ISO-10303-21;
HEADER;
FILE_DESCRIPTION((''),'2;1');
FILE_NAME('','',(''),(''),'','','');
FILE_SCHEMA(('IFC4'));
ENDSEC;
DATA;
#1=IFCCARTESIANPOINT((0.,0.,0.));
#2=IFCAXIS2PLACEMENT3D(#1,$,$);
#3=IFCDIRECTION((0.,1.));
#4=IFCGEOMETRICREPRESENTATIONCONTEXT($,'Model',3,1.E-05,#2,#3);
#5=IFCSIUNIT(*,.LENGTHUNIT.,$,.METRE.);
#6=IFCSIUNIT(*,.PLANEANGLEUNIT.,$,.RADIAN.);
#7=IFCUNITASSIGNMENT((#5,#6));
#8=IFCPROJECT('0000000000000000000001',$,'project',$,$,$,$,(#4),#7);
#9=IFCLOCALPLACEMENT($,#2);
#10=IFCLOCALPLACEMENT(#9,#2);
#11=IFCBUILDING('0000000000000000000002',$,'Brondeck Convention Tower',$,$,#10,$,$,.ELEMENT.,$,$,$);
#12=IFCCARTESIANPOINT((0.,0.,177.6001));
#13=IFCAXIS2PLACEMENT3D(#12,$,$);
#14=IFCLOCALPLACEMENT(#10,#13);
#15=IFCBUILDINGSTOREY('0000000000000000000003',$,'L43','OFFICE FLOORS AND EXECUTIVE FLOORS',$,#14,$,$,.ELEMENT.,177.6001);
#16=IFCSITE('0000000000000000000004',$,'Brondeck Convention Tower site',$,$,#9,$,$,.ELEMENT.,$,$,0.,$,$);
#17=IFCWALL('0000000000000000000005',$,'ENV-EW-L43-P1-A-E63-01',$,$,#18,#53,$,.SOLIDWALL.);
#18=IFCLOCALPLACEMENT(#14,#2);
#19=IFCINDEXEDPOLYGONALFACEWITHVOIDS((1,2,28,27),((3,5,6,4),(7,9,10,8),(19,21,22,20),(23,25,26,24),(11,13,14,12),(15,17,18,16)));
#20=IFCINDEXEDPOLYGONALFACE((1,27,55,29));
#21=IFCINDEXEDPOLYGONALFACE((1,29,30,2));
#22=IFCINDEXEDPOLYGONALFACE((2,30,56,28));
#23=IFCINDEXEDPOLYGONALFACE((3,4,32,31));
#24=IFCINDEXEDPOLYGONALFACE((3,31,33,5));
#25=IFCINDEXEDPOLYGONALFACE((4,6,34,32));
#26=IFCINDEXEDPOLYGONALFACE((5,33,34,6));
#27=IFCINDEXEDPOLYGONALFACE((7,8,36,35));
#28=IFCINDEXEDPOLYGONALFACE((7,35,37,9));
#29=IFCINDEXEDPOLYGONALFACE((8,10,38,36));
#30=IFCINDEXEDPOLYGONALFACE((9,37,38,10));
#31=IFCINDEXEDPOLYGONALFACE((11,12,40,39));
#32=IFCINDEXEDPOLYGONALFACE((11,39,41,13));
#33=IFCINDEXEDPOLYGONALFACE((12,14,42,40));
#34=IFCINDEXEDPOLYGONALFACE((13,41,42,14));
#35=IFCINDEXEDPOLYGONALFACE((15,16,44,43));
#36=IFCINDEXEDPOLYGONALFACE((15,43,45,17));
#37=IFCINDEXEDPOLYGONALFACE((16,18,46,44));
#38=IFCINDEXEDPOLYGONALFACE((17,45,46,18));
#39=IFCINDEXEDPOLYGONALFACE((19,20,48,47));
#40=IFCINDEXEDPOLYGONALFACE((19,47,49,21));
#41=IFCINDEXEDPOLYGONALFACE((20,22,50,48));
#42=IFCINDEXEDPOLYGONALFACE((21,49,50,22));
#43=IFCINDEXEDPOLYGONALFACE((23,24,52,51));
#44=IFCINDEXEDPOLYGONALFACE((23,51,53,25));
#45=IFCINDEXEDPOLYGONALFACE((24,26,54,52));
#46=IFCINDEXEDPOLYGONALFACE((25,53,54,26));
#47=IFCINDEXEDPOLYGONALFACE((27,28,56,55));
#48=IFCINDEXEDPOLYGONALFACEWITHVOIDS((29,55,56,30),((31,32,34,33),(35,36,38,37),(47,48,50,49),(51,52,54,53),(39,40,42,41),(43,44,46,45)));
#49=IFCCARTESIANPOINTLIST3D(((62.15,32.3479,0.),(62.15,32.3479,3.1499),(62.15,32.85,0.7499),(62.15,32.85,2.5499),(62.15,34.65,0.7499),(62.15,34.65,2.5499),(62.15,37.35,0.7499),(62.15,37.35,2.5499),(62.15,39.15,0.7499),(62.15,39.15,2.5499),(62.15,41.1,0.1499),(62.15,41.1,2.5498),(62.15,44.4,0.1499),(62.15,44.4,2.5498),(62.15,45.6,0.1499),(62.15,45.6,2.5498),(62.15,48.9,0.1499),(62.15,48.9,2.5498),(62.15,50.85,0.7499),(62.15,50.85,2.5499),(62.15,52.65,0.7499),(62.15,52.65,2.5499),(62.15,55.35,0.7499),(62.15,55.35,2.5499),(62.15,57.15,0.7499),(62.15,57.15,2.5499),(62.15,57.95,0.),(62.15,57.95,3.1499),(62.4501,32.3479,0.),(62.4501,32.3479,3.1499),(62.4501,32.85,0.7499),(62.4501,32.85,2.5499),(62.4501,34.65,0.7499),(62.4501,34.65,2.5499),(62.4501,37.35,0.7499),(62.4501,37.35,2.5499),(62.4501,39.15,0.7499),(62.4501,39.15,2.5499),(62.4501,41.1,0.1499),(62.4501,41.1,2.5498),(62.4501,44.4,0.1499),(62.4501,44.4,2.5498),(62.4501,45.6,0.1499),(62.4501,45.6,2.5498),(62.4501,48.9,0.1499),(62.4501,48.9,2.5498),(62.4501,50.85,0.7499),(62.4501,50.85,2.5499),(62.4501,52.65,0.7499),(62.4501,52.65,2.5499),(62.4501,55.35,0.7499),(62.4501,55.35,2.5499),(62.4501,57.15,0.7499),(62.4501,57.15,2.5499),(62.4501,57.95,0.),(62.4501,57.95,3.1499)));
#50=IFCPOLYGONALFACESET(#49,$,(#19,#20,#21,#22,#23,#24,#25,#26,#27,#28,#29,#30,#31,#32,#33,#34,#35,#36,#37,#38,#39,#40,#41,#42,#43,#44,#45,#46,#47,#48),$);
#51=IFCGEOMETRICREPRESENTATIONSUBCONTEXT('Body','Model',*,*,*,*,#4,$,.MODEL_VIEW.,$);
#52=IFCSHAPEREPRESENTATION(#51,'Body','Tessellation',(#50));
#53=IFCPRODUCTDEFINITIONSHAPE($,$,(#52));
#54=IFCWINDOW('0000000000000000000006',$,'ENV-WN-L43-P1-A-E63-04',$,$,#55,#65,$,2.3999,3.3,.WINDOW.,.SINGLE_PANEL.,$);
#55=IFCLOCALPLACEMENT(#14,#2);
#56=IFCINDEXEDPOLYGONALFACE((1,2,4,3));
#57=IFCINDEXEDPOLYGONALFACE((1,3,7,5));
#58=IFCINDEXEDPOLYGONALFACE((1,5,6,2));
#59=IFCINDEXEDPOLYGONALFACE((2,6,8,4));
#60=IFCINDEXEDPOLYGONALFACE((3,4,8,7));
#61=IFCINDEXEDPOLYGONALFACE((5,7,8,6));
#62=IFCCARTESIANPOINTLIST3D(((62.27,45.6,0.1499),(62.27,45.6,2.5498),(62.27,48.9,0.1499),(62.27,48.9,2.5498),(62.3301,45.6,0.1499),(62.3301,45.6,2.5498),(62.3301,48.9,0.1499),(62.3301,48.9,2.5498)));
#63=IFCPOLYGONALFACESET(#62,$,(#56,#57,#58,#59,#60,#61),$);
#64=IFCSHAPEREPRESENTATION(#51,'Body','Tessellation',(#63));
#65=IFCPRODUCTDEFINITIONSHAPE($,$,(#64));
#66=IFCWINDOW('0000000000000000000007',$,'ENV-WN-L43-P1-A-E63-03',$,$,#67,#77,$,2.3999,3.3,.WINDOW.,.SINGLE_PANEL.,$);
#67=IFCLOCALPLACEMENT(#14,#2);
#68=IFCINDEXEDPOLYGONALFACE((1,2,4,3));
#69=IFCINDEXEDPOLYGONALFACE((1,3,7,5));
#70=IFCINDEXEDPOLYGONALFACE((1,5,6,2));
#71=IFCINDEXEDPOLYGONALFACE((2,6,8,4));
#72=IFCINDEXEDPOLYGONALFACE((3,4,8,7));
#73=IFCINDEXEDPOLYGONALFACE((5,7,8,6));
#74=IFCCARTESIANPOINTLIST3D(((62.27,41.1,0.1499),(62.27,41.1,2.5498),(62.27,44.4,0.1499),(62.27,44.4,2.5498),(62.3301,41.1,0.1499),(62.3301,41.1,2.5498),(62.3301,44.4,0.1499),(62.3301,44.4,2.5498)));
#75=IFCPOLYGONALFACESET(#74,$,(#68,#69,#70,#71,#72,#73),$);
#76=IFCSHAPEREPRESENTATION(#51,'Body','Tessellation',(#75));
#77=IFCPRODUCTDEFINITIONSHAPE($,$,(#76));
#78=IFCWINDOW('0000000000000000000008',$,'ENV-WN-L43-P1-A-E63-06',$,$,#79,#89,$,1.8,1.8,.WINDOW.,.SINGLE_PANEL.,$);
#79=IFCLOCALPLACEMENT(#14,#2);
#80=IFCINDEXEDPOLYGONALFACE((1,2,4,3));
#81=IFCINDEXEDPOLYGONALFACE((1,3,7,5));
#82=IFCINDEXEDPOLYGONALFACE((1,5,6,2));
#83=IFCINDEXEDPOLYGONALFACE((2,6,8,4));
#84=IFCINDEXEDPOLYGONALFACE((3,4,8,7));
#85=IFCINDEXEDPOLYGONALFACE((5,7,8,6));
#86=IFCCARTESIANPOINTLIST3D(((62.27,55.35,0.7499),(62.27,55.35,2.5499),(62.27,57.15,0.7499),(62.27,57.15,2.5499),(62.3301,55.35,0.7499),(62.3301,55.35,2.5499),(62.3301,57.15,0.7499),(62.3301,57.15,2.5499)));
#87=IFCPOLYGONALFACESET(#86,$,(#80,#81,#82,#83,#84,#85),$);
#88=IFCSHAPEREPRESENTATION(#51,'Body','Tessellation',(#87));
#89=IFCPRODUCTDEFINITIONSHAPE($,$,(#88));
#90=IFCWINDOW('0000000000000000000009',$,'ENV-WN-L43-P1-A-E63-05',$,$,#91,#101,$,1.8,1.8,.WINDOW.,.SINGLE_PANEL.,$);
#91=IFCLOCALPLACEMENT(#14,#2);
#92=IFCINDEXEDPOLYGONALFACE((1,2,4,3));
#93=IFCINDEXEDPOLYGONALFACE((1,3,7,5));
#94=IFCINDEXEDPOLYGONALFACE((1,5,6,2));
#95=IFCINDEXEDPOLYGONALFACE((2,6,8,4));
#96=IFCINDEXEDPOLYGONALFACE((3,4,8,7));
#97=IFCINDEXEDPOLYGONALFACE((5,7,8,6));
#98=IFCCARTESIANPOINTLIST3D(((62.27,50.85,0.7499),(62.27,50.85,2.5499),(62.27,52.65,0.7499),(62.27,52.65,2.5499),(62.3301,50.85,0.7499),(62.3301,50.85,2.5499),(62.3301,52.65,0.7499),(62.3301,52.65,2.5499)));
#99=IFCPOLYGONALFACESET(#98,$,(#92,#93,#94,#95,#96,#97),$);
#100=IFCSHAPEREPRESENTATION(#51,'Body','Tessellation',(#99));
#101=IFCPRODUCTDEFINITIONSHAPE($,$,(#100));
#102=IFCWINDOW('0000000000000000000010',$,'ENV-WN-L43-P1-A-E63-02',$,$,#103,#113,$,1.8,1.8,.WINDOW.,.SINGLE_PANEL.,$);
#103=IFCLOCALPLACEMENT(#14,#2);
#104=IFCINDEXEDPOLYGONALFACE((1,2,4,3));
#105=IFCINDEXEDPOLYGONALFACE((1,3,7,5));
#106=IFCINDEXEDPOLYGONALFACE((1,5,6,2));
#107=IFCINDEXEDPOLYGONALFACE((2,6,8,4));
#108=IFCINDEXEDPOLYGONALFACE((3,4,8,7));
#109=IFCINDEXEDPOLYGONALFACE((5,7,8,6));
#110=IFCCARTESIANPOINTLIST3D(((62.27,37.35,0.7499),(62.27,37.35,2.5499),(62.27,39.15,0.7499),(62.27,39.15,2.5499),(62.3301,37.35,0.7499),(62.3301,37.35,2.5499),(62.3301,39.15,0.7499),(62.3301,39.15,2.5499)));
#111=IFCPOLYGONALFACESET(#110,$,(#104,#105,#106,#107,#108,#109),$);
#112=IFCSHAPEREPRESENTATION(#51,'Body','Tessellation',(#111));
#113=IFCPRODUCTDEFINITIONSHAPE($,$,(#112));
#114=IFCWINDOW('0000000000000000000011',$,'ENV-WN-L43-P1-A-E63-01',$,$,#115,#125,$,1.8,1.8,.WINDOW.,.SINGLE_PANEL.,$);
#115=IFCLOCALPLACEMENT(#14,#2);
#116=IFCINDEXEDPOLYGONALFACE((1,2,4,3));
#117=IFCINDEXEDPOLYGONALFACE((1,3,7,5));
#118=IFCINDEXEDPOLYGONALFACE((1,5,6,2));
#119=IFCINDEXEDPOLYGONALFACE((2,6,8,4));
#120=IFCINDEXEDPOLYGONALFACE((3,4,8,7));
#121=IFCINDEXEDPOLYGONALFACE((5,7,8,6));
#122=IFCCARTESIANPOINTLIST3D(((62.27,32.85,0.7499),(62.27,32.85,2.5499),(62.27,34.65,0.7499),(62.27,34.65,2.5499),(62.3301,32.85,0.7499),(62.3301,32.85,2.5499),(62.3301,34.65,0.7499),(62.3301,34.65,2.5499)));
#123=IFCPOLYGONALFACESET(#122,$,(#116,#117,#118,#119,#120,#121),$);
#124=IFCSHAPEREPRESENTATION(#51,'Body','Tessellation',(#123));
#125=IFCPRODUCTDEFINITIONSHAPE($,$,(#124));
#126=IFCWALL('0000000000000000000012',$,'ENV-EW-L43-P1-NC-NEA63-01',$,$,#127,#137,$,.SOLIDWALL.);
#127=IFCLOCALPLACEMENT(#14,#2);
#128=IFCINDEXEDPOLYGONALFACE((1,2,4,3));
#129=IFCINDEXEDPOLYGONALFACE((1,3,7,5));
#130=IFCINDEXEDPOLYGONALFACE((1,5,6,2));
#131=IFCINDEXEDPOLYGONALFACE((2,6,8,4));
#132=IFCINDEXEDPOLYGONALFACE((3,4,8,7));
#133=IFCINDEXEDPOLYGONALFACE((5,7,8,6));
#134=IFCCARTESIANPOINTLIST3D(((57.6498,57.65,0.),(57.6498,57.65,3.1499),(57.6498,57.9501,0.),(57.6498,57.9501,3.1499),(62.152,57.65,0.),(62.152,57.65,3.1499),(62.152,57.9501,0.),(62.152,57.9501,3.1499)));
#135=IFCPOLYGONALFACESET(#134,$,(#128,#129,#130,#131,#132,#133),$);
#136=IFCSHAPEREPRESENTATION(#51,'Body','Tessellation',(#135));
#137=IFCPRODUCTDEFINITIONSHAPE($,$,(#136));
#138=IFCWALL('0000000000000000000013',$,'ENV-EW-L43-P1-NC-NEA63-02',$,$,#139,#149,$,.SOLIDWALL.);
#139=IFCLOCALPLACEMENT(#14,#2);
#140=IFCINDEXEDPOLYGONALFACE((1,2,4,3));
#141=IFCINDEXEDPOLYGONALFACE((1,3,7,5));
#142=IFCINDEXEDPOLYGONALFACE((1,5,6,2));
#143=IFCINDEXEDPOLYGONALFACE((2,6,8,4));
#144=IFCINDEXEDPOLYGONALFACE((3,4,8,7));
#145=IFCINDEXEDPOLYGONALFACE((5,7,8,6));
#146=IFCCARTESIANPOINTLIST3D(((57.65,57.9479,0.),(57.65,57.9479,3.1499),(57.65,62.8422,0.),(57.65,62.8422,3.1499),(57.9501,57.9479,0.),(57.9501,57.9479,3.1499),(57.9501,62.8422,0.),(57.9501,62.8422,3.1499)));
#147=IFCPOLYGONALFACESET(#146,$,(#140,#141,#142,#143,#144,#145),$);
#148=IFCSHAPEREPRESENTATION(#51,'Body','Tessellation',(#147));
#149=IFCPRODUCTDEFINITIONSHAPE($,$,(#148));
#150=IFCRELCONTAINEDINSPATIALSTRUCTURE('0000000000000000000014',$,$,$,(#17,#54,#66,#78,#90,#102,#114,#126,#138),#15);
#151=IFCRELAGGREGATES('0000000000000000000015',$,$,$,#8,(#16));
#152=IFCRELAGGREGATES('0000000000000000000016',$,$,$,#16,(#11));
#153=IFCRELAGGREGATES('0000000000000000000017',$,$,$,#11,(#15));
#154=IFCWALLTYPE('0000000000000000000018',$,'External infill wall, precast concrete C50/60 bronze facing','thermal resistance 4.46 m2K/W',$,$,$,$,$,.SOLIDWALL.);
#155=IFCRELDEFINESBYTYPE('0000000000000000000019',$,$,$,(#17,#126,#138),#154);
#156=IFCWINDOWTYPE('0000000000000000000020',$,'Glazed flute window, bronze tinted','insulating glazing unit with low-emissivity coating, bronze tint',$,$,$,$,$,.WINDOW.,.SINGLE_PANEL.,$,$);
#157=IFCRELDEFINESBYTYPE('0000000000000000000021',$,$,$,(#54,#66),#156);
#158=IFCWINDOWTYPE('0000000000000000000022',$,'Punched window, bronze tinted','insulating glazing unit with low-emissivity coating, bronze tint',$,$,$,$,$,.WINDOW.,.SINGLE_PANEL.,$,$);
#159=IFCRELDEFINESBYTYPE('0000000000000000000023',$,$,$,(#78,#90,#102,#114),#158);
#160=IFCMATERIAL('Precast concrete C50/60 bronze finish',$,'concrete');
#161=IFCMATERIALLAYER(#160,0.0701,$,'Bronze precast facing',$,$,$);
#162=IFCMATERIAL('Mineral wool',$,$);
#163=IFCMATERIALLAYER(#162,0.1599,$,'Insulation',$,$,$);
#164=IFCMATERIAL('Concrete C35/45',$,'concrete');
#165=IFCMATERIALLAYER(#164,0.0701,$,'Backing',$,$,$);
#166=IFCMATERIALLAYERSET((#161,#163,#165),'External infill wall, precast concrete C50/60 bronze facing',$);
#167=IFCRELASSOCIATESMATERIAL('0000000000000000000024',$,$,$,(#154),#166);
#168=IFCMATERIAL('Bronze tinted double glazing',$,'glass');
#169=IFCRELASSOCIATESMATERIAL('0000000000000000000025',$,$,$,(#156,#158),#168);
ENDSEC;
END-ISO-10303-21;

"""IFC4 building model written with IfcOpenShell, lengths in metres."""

from ifc_helpers import new_model, si_unit, direction, frame, frame_2d, origin, place, context, subcontext, project, spatial, rectangle, extrude, material, layer, layer_set, type_object, element, fill, save


model = new_model("IFC4")

# Units and contexts
model_context = context("Model", 3, precision=1e-05, world=origin(), true_north=direction((0.0, 1.0)))
body_context = subcontext(model_context, "Body", "Model", "MODEL_VIEW")
ifc_project = project(units=[si_unit("LENGTHUNIT", "METRE"), si_unit("PLANEANGLEUNIT", "RADIAN")], contexts=[model_context])

# Site, building, storey
site_placement = place(None, origin())
site = spatial("IfcSite", under=ifc_project, at=site_placement, Name="Brondeck Convention Tower site", CompositionType="ELEMENT", RefElevation=0.0)
building_placement = place(site_placement, origin())
building = spatial("IfcBuilding", under=site, at=building_placement, Name="Brondeck Convention Tower", CompositionType="ELEMENT")
storey_placement = place(building_placement, frame((0.0, 0.0, 177.6001)))
storey = spatial("IfcBuildingStorey", under=building, at=storey_placement, Name="L43", Description="OFFICE FLOORS AND EXECUTIVE FLOORS", CompositionType="ELEMENT", Elevation=177.6001)

# Wall, openings, windows
ifc_material_1 = material(Name="Precast concrete C50/60 bronze finish", Category="concrete")
ifc_layer_1 = layer(ifc_material_1, 0.0701, Name="Bronze precast facing")
ifc_material_2 = material(Name="Mineral wool")
ifc_layer_2 = layer(ifc_material_2, 0.1599, Name="Insulation")
ifc_material_3 = material(Name="Concrete C35/45", Category="concrete")
ifc_layer_3 = layer(ifc_material_3, 0.0701, Name="Backing")
ifc_layer_set_1 = layer_set([ifc_layer_1, ifc_layer_2, ifc_layer_3], Name="External infill wall, precast concrete C50/60 bronze facing")
wall_type_1 = type_object("IfcWallType", Name="External infill wall, precast concrete C50/60 bronze facing", Description="thermal resistance 4.46 m2K/W", PredefinedType="SOLIDWALL", material=ifc_layer_set_1)
wall_1_placement = place(storey_placement, frame((62.3, 57.95, 0.0), z_axis=(0.0, 0.0, 1.0), x_axis=(0.0, -1.0, 0.0)))
wall_1 = element("IfcWall", 1, at=wall_1_placement, inside=storey, type_object=wall_type_1, Name="ENV-EW-L43-P1-A-E63-01", PredefinedType="SOLIDWALL", context=body_context, shape_type="SweptSolid", body=[
    extrude(rectangle(XDim=25.6021, YDim=0.3, at=frame_2d((12.801, 0.0))), origin(), (0.0, 0.0, 1.0), 3.1499),
])
opening_1_placement = place(wall_1_placement, frame((0.8, 0.0, 0.75)))
opening_1 = element("IfcOpeningElement", 2, at=opening_1_placement, cuts=wall_1, PredefinedType="OPENING", context=body_context, shape_type="SweptSolid", body=[
    extrude(rectangle(XDim=1.8, YDim=1.8, at=frame_2d((0.8999, 0.8999))), frame((0.0, 0.1599, 0.0), z_axis=(0.0, -1.0, 0.0), x_axis=(1.0, 0.0, 0.0)), (0.0, 0.0, 1.0), 0.3201),
])
opening_2_placement = place(wall_1_placement, frame((5.3, 0.0, 0.75)))
opening_2 = element("IfcOpeningElement", 3, at=opening_2_placement, cuts=wall_1, PredefinedType="OPENING", context=body_context, shape_type="SweptSolid", body=[
    extrude(rectangle(XDim=1.8, YDim=1.8, at=frame_2d((0.8999, 0.8999))), frame((0.0, 0.1599, 0.0), z_axis=(0.0, -1.0, 0.0), x_axis=(1.0, 0.0, 0.0)), (0.0, 0.0, 1.0), 0.3201),
])
opening_3_placement = place(wall_1_placement, frame((9.05, 0.0, 0.1499)))
opening_3 = element("IfcOpeningElement", 4, at=opening_3_placement, cuts=wall_1, PredefinedType="OPENING", context=body_context, shape_type="SweptSolid", body=[
    extrude(rectangle(XDim=3.3, YDim=2.3999, at=frame_2d((1.6499, 1.2))), frame((0.0, 0.1599, 0.0), z_axis=(0.0, -1.0, 0.0), x_axis=(1.0, 0.0, 0.0)), (0.0, 0.0, 1.0), 0.3201),
])
opening_4_placement = place(wall_1_placement, frame((13.55, 0.0, 0.1499)))
opening_4 = element("IfcOpeningElement", 5, at=opening_4_placement, cuts=wall_1, PredefinedType="OPENING", context=body_context, shape_type="SweptSolid", body=[
    extrude(rectangle(XDim=3.3, YDim=2.3999, at=frame_2d((1.6499, 1.2))), frame((0.0, 0.1599, 0.0), z_axis=(0.0, -1.0, 0.0), x_axis=(1.0, 0.0, 0.0)), (0.0, 0.0, 1.0), 0.3201),
])
opening_5_placement = place(wall_1_placement, frame((18.8, 0.0, 0.75)))
opening_5 = element("IfcOpeningElement", 6, at=opening_5_placement, cuts=wall_1, PredefinedType="OPENING", context=body_context, shape_type="SweptSolid", body=[
    extrude(rectangle(XDim=1.8, YDim=1.8, at=frame_2d((0.8999, 0.8999))), frame((0.0, 0.1599, 0.0), z_axis=(0.0, -1.0, 0.0), x_axis=(1.0, 0.0, 0.0)), (0.0, 0.0, 1.0), 0.3201),
])
opening_6_placement = place(wall_1_placement, frame((23.3, 0.0, 0.75)))
opening_6 = element("IfcOpeningElement", 7, at=opening_6_placement, cuts=wall_1, PredefinedType="OPENING", context=body_context, shape_type="SweptSolid", body=[
    extrude(rectangle(XDim=1.8, YDim=1.8, at=frame_2d((0.8999, 0.8999))), frame((0.0, 0.1599, 0.0), z_axis=(0.0, -1.0, 0.0), x_axis=(1.0, 0.0, 0.0)), (0.0, 0.0, 1.0), 0.3201),
])
ifc_material_4 = material(Name="Bronze tinted double glazing", Category="glass")
window_type_1 = type_object("IfcWindowType", Name="Glazed flute window, bronze tinted", Description="insulating glazing unit with low-emissivity coating, bronze tint", PartitioningType="SINGLE_PANEL", PredefinedType="WINDOW", material=ifc_material_4)
window_1_placement = place(opening_3_placement, origin())
window_1 = element("IfcWindow", 8, at=window_1_placement, inside=storey, type_object=window_type_1, Name="ENV-WN-L43-P1-A-E63-04", OverallHeight=2.3999, OverallWidth=3.3, PartitioningType="SINGLE_PANEL", PredefinedType="WINDOW", context=body_context, shape_type="SweptSolid", body=[
    extrude(rectangle(XDim=3.3, YDim=2.3999, at=frame_2d((1.6499, 1.2))), frame((0.0, 0.03, 0.0), z_axis=(0.0, -1.0, 0.0), x_axis=(1.0, 0.0, 0.0)), (0.0, 0.0, 1.0), 0.0601),
])
fill(opening_3, window_1)
window_2_placement = place(opening_4_placement, origin())
window_2 = element("IfcWindow", 9, at=window_2_placement, inside=storey, type_object=window_type_1, Name="ENV-WN-L43-P1-A-E63-03", OverallHeight=2.3999, OverallWidth=3.3, PartitioningType="SINGLE_PANEL", PredefinedType="WINDOW", context=body_context, shape_type="SweptSolid", body=[
    extrude(rectangle(XDim=3.3, YDim=2.3999, at=frame_2d((1.6499, 1.2))), frame((0.0, 0.03, 0.0), z_axis=(0.0, -1.0, 0.0), x_axis=(1.0, 0.0, 0.0)), (0.0, 0.0, 1.0), 0.0601),
])
fill(opening_4, window_2)
window_type_2 = type_object("IfcWindowType", Name="Punched window, bronze tinted", Description="insulating glazing unit with low-emissivity coating, bronze tint", PartitioningType="SINGLE_PANEL", PredefinedType="WINDOW", material=ifc_material_4)
window_3_placement = place(opening_1_placement, origin())
window_3 = element("IfcWindow", 10, at=window_3_placement, inside=storey, type_object=window_type_2, Name="ENV-WN-L43-P1-A-E63-06", OverallHeight=1.8, OverallWidth=1.8, PartitioningType="SINGLE_PANEL", PredefinedType="WINDOW", context=body_context, shape_type="SweptSolid", body=[
    extrude(rectangle(XDim=1.8, YDim=1.8, at=frame_2d((0.8999, 0.8999))), frame((0.0, 0.03, 0.0), z_axis=(0.0, -1.0, 0.0), x_axis=(1.0, 0.0, 0.0)), (0.0, 0.0, 1.0), 0.0601),
])
fill(opening_1, window_3)
window_4_placement = place(opening_2_placement, origin())
window_4 = element("IfcWindow", 11, at=window_4_placement, inside=storey, type_object=window_type_2, Name="ENV-WN-L43-P1-A-E63-05", OverallHeight=1.8, OverallWidth=1.8, PartitioningType="SINGLE_PANEL", PredefinedType="WINDOW", context=body_context, shape_type="SweptSolid", body=[
    extrude(rectangle(XDim=1.8, YDim=1.8, at=frame_2d((0.8999, 0.8999))), frame((0.0, 0.03, 0.0), z_axis=(0.0, -1.0, 0.0), x_axis=(1.0, 0.0, 0.0)), (0.0, 0.0, 1.0), 0.0601),
])
fill(opening_2, window_4)
window_5_placement = place(opening_5_placement, origin())
window_5 = element("IfcWindow", 12, at=window_5_placement, inside=storey, type_object=window_type_2, Name="ENV-WN-L43-P1-A-E63-02", OverallHeight=1.8, OverallWidth=1.8, PartitioningType="SINGLE_PANEL", PredefinedType="WINDOW", context=body_context, shape_type="SweptSolid", body=[
    extrude(rectangle(XDim=1.8, YDim=1.8, at=frame_2d((0.8999, 0.8999))), frame((0.0, 0.03, 0.0), z_axis=(0.0, -1.0, 0.0), x_axis=(1.0, 0.0, 0.0)), (0.0, 0.0, 1.0), 0.0601),
])
fill(opening_5, window_5)
window_6_placement = place(opening_6_placement, origin())
window_6 = element("IfcWindow", 13, at=window_6_placement, inside=storey, type_object=window_type_2, Name="ENV-WN-L43-P1-A-E63-01", OverallHeight=1.8, OverallWidth=1.8, PartitioningType="SINGLE_PANEL", PredefinedType="WINDOW", context=body_context, shape_type="SweptSolid", body=[
    extrude(rectangle(XDim=1.8, YDim=1.8, at=frame_2d((0.8999, 0.8999))), frame((0.0, 0.03, 0.0), z_axis=(0.0, -1.0, 0.0), x_axis=(1.0, 0.0, 0.0)), (0.0, 0.0, 1.0), 0.0601),
])
fill(opening_6, window_6)

# Walls
wall_2_placement = place(storey_placement, frame((57.6499, 57.8, 0.0), z_axis=(0.0, 0.0, 1.0), x_axis=(1.0, 0.0, 0.0)))
element("IfcWall", 14, at=wall_2_placement, inside=storey, type_object=wall_type_1, Name="ENV-EW-L43-P1-NC-NEA63-01", PredefinedType="SOLIDWALL", context=body_context, shape_type="SweptSolid", body=[
    extrude(rectangle(XDim=4.5022, YDim=0.3, at=frame_2d((2.251, 0.0))), origin(), (0.0, 0.0, 1.0), 3.1499),
])
wall_3_placement = place(storey_placement, frame((57.8, 62.8423, 0.0), z_axis=(0.0, 0.0, 1.0), x_axis=(0.0, -1.0, 0.0)))
element("IfcWall", 15, at=wall_3_placement, inside=storey, type_object=wall_type_1, Name="ENV-EW-L43-P1-NC-NEA63-02", PredefinedType="SOLIDWALL", context=body_context, shape_type="SweptSolid", body=[
    extrude(rectangle(XDim=4.8943, YDim=0.3, at=frame_2d((2.4473, 0.0))), origin(), (0.0, 0.0, 1.0), 3.1499),
])

save(model, "model.ifc")
